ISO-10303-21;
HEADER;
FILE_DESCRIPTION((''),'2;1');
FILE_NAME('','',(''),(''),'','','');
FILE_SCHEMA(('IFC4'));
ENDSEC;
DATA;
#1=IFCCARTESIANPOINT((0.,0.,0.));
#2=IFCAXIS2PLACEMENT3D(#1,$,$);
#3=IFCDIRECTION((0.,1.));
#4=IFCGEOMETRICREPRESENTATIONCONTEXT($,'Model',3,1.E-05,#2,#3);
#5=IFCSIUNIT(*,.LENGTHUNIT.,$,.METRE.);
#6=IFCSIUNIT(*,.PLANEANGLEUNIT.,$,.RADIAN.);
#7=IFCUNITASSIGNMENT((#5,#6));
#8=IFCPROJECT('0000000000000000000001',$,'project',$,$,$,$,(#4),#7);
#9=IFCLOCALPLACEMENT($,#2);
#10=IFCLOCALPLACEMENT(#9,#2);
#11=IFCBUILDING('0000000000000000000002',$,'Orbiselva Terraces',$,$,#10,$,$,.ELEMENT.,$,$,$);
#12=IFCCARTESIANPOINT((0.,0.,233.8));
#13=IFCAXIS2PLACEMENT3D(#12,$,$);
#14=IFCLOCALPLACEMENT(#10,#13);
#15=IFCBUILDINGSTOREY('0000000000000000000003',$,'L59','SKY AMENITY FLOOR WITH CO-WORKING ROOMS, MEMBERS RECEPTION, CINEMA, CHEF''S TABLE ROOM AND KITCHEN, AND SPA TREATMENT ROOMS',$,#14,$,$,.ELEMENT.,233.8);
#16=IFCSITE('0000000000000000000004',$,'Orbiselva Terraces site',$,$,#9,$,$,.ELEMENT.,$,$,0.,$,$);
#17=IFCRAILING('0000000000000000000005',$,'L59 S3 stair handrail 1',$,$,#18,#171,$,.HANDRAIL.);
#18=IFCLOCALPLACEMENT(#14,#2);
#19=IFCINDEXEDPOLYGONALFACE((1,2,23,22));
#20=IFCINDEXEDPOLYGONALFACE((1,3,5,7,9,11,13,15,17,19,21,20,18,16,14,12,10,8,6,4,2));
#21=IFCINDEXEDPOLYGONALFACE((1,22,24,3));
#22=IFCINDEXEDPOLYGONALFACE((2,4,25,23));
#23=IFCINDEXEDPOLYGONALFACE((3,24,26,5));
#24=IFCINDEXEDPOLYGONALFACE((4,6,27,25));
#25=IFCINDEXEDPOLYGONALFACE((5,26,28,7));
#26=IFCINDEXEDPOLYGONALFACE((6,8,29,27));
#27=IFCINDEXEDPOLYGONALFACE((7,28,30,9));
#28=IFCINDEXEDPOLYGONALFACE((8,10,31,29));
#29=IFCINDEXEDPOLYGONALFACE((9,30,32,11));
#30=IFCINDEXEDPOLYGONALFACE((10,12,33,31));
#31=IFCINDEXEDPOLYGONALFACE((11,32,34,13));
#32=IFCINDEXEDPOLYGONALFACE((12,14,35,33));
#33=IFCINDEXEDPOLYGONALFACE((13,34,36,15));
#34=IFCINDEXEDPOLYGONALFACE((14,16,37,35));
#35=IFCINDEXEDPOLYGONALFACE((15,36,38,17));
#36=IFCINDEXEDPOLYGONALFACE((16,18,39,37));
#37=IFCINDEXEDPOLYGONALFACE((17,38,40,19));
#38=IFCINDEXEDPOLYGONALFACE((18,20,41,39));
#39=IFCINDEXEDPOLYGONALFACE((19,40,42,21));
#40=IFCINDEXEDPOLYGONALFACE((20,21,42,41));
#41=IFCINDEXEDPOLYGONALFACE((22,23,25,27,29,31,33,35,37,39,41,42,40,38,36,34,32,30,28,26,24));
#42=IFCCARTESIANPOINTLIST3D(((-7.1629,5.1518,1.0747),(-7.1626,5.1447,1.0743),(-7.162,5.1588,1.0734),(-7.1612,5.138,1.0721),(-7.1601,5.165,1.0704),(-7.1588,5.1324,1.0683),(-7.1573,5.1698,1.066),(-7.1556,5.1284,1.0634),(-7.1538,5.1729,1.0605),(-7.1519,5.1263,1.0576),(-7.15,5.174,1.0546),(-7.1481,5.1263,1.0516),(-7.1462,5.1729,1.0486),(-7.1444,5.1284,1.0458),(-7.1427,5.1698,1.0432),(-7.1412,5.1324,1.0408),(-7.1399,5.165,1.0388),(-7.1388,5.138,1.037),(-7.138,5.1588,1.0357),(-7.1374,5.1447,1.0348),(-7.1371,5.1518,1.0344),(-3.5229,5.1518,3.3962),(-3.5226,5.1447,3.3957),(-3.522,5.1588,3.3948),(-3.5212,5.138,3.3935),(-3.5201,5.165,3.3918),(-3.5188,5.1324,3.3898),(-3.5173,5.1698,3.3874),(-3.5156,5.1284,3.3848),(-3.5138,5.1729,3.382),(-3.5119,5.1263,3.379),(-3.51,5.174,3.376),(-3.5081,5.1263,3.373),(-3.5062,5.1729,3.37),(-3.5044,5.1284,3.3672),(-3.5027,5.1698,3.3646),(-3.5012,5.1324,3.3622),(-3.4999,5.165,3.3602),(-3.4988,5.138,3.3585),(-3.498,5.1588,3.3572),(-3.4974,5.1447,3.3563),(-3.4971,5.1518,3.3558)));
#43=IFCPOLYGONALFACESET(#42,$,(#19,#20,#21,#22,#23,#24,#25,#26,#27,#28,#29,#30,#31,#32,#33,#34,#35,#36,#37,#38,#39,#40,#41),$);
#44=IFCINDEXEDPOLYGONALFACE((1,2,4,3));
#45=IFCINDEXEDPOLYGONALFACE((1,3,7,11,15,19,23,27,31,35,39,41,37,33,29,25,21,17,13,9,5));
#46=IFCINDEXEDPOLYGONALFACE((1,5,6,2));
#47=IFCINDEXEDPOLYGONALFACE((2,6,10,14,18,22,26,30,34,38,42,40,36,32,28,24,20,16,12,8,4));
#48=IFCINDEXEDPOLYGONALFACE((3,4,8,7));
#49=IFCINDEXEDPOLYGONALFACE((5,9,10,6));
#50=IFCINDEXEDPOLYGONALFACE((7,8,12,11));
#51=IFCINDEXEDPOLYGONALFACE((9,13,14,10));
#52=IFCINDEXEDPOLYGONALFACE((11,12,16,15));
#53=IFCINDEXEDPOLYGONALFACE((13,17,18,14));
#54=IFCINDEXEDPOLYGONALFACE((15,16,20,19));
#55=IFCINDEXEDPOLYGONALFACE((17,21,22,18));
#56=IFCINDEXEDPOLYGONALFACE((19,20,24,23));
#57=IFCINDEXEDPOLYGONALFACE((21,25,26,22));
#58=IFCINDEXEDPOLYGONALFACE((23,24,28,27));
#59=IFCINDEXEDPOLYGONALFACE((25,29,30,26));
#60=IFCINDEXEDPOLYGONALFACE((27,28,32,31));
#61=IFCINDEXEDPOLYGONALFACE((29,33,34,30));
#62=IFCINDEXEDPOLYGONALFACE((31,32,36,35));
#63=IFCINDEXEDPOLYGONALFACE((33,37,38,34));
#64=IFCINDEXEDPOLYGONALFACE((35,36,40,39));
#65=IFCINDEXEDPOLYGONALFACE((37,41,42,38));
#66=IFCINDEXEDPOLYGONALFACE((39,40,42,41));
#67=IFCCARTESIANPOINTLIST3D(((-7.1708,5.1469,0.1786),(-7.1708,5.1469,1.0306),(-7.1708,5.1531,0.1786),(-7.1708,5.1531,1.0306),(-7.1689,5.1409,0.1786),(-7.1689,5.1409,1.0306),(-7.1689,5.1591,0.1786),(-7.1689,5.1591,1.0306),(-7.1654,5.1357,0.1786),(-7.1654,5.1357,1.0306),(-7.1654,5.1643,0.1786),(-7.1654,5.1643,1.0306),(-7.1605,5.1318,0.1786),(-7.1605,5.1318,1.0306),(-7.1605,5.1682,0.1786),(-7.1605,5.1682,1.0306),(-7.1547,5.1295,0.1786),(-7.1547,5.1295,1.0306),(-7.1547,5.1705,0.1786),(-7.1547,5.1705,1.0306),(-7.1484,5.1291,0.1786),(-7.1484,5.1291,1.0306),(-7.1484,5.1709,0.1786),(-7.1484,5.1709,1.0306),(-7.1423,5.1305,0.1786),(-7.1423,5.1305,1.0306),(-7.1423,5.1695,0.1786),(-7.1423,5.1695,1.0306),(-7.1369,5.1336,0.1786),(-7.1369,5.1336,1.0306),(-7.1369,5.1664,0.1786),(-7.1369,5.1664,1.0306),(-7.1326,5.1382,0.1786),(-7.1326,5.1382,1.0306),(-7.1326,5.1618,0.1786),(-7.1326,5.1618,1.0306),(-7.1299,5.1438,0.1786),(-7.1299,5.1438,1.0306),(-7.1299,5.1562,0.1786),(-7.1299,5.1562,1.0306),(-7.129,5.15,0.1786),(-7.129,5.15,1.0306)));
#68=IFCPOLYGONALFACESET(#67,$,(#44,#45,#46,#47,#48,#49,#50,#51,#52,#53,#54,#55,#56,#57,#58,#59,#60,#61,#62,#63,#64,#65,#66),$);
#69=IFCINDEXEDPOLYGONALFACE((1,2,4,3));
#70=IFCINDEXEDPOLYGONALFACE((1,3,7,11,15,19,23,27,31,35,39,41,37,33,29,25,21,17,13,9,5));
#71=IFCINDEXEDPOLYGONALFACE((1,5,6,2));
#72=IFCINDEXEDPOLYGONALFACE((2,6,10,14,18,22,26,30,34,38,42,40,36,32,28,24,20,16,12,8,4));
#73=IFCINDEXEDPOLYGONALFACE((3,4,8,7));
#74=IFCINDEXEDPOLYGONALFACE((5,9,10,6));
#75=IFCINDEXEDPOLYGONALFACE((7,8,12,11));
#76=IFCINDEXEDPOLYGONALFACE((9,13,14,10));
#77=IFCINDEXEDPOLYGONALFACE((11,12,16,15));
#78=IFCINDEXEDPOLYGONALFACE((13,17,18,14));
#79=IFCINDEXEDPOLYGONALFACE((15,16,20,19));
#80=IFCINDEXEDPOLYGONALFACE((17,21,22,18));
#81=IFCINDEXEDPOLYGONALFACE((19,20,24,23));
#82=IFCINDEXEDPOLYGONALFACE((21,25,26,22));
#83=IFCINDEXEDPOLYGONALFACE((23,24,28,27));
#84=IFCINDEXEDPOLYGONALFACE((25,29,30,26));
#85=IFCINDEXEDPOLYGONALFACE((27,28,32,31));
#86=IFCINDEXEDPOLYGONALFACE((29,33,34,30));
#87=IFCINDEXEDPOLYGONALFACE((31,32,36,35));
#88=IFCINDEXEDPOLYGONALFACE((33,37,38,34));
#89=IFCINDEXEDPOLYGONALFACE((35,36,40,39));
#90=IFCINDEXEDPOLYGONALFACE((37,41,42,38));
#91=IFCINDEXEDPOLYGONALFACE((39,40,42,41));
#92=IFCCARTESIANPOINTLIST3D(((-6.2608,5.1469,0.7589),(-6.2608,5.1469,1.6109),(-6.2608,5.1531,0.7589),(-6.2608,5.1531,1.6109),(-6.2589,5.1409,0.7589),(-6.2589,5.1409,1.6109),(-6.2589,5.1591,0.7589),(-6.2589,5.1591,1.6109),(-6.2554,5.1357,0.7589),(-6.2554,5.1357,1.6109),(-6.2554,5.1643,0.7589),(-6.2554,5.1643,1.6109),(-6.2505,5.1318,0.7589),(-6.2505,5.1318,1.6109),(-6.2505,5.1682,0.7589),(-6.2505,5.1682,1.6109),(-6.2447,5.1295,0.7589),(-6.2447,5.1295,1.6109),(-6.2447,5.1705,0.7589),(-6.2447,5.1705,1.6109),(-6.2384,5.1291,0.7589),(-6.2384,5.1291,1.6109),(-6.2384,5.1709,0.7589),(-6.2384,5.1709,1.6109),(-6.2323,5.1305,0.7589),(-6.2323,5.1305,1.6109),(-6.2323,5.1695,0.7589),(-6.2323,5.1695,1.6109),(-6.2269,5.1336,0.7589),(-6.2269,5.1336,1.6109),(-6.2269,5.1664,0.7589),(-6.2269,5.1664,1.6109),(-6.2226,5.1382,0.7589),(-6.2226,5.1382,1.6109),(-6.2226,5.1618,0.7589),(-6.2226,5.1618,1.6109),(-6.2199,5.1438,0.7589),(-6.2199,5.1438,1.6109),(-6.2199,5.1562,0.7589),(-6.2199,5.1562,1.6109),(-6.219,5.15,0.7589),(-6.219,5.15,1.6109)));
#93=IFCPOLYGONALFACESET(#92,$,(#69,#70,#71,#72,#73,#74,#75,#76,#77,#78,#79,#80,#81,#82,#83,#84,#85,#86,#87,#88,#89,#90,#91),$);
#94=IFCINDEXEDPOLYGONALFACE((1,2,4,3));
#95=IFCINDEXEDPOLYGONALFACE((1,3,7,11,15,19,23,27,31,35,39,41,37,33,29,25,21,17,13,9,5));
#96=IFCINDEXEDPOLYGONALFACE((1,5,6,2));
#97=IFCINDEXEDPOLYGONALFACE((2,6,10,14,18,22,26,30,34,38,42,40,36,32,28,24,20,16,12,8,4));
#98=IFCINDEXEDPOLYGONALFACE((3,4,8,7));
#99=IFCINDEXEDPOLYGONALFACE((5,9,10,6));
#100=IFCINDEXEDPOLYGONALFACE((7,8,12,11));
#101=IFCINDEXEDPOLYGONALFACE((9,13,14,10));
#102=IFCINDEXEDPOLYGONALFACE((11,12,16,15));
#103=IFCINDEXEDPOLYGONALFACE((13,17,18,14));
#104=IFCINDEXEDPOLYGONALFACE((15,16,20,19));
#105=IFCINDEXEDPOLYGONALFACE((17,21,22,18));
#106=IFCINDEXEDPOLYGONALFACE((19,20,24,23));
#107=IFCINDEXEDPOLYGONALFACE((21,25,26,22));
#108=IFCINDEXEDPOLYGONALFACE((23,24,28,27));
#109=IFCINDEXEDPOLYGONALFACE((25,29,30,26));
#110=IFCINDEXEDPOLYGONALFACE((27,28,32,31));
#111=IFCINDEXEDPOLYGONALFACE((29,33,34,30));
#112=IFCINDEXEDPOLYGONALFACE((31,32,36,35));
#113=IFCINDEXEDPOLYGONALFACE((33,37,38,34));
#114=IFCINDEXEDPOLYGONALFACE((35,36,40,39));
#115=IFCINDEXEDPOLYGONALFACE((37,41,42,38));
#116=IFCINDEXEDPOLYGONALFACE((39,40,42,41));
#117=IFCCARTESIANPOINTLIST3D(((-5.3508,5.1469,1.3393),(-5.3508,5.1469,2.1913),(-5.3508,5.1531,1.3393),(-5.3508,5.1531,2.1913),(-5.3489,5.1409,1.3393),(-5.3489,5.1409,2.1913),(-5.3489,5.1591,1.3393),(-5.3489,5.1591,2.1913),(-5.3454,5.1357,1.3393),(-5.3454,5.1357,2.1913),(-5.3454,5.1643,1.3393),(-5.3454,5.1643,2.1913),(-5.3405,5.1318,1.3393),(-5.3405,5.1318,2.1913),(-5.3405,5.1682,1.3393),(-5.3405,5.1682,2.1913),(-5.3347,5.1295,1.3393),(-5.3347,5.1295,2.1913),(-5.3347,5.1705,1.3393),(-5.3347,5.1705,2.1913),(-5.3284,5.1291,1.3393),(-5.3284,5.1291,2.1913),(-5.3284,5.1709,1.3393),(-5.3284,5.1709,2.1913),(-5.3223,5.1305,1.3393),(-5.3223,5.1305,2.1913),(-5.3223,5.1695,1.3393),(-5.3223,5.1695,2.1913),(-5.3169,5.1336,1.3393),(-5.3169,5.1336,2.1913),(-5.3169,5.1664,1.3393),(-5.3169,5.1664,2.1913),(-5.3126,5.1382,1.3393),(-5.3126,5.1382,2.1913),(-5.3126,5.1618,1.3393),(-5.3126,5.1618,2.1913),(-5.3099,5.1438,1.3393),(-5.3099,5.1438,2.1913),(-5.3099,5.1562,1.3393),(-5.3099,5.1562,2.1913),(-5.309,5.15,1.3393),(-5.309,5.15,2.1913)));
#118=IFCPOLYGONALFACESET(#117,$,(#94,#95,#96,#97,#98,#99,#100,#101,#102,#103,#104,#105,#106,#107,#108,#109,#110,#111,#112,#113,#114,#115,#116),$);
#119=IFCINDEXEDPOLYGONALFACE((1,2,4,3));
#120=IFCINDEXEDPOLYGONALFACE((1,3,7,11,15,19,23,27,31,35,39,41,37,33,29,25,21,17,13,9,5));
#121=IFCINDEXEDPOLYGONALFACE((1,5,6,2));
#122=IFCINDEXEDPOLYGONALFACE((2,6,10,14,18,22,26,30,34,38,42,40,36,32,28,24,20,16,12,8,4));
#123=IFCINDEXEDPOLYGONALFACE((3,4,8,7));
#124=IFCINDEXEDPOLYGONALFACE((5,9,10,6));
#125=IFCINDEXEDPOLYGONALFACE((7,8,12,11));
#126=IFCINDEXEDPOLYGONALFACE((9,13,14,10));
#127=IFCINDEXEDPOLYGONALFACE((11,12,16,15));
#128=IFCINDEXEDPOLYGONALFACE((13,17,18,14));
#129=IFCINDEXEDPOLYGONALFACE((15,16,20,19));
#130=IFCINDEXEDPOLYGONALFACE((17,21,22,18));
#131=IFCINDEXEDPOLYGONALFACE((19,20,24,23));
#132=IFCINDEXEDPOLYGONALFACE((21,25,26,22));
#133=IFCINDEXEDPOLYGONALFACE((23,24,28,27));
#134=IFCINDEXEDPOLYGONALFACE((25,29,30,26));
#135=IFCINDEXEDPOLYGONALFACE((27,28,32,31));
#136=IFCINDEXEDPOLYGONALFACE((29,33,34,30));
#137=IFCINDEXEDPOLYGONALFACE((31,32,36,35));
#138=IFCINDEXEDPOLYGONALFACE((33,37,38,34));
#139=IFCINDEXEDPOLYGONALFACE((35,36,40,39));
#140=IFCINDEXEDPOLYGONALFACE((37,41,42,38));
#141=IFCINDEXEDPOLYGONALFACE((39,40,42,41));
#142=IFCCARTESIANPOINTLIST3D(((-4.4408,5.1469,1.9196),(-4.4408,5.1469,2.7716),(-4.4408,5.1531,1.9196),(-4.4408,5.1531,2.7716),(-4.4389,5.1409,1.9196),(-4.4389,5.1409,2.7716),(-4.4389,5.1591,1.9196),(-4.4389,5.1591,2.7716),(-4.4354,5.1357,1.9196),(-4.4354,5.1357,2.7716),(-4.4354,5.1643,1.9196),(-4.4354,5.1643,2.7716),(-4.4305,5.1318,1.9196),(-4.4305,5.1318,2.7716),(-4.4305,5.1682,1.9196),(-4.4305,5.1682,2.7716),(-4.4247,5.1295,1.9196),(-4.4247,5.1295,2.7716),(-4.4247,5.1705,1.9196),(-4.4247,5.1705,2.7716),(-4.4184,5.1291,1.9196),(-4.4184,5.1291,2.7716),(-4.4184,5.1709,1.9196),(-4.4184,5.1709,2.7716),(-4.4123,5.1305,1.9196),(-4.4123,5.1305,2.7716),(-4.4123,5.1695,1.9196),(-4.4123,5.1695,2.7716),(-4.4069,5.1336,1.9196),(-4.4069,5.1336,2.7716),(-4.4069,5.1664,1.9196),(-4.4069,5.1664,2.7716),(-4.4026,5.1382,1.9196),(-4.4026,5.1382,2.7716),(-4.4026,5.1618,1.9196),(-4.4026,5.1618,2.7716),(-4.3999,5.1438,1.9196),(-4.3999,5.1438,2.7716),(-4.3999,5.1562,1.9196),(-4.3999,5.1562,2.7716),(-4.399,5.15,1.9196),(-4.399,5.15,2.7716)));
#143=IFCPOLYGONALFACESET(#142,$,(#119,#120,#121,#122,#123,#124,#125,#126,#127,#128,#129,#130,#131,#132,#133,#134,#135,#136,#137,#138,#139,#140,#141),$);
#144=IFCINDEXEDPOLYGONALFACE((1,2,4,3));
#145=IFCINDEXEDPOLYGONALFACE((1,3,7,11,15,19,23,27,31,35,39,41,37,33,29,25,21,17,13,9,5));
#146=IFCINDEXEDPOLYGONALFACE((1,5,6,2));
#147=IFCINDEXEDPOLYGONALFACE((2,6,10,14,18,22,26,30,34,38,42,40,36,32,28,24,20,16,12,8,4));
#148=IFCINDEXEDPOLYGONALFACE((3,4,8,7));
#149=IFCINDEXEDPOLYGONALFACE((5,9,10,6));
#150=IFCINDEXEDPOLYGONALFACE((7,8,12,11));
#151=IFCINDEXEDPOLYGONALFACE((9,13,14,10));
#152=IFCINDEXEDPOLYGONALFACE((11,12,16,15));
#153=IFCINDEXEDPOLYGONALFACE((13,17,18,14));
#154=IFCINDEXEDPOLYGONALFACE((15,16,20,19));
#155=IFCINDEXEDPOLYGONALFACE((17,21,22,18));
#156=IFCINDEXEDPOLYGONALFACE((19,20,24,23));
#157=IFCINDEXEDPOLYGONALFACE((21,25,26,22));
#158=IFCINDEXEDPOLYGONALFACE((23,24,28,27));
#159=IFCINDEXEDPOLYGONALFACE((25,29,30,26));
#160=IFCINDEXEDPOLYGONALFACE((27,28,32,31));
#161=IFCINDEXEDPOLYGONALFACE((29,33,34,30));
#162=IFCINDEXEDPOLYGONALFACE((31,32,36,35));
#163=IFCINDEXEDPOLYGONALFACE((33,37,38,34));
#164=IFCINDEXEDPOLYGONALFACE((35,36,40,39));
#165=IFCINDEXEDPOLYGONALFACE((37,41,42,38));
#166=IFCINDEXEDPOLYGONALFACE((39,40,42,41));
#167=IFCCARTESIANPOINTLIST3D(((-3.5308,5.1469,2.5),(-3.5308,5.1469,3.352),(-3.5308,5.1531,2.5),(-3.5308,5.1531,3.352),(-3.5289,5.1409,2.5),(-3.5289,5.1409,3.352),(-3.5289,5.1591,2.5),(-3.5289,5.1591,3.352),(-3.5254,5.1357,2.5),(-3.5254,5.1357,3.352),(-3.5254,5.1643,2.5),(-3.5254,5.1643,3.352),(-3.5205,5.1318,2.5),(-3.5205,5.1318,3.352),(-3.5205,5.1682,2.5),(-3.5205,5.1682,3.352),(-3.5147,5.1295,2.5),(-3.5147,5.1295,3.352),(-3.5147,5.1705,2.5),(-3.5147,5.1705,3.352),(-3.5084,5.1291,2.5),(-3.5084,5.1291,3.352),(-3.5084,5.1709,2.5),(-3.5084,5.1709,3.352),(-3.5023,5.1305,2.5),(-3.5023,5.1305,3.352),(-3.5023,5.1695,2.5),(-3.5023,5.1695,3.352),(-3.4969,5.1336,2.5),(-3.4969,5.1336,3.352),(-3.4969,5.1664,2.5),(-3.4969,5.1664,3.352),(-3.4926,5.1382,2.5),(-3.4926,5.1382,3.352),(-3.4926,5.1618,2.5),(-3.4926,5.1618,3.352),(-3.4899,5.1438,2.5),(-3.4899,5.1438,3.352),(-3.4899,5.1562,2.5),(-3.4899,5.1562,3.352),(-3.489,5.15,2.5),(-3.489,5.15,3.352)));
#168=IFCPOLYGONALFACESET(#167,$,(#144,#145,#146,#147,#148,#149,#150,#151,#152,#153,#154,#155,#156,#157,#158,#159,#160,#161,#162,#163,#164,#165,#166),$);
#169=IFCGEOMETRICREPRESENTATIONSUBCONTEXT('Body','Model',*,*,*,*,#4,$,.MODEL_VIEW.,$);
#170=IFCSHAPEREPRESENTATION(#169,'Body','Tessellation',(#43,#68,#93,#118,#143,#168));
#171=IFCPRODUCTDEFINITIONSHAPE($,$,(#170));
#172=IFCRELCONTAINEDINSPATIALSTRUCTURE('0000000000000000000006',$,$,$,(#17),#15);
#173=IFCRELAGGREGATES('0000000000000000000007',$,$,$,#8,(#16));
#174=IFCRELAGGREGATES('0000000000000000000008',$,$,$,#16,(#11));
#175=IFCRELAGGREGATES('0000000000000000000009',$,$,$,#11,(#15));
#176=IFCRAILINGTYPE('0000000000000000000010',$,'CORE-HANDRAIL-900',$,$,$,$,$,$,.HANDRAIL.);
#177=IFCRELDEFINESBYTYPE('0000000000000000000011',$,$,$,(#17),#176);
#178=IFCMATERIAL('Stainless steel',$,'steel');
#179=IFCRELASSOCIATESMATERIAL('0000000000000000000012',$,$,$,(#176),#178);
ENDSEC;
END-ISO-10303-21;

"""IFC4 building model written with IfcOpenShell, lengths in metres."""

from ifc_helpers import new_model, si_unit, direction, frame, origin, origin_2d, place, context, subcontext, project, spatial, circle, extrude, material, type_object, element, save


model = new_model("IFC4")

# Units and contexts
model_context = context("Model", 3, precision=1e-05, world=origin(), true_north=direction((0.0, 1.0)))
body_context = subcontext(model_context, "Body", "Model", "MODEL_VIEW")
ifc_project = project(units=[si_unit("LENGTHUNIT", "METRE"), si_unit("PLANEANGLEUNIT", "RADIAN")], contexts=[model_context])

# Site, building, storey
site_placement = place(None, origin())
site = spatial("IfcSite", under=ifc_project, at=site_placement, Name="Orbiselva Terraces site", CompositionType="ELEMENT", RefElevation=0.0)
building_placement = place(site_placement, origin())
building = spatial("IfcBuilding", under=site, at=building_placement, Name="Orbiselva Terraces", CompositionType="ELEMENT")
storey_placement = place(building_placement, frame((0.0, 0.0, 233.8)))
storey = spatial("IfcBuildingStorey", under=building, at=storey_placement, Name="L59", Description="SKY AMENITY FLOOR WITH CO-WORKING ROOMS, MEMBERS RECEPTION, CINEMA, CHEF'S TABLE ROOM AND KITCHEN, AND SPA TREATMENT ROOMS", CompositionType="ELEMENT", Elevation=233.8)

# Railing
ifc_material_1 = material(Name="Stainless steel", Category="steel")
railing_type_1 = type_object("IfcRailingType", Name="CORE-HANDRAIL-900", PredefinedType="HANDRAIL", material=ifc_material_1)
railing_1_placement = place(storey_placement, frame((-7.15, 5.15, 0.1786)))
element("IfcRailing", 1, at=railing_1_placement, inside=storey, type_object=railing_type_1, Name="L59 S3 stair handrail 1", PredefinedType="HANDRAIL", context=body_context, shape_type="SweptSolid", body=[
    extrude(circle(Radius=0.024, at=origin_2d()), frame((0.0, 0.0, 0.876), z_axis=(0.84313, 0.0, 0.53771), x_axis=(0.0, 1.0, 0.0)), (0.0, 0.0, 1.0), 4.3172),
    extrude(circle(Radius=0.021, at=origin_2d()), origin(), (0.0, 0.0, 1.0), 0.852),
    extrude(circle(Radius=0.021, at=origin_2d()), frame((0.91, 0.0, 0.5804)), (0.0, 0.0, 1.0), 0.852),
    extrude(circle(Radius=0.021, at=origin_2d()), frame((1.82, 0.0, 1.1607)), (0.0, 0.0, 1.0), 0.852),
    extrude(circle(Radius=0.021, at=origin_2d()), frame((2.73, 0.0, 1.7411)), (0.0, 0.0, 1.0), 0.852),
    extrude(circle(Radius=0.021, at=origin_2d()), frame((3.64, 0.0, 2.3214)), (0.0, 0.0, 1.0), 0.852),
])

save(model, "model.ifc")
